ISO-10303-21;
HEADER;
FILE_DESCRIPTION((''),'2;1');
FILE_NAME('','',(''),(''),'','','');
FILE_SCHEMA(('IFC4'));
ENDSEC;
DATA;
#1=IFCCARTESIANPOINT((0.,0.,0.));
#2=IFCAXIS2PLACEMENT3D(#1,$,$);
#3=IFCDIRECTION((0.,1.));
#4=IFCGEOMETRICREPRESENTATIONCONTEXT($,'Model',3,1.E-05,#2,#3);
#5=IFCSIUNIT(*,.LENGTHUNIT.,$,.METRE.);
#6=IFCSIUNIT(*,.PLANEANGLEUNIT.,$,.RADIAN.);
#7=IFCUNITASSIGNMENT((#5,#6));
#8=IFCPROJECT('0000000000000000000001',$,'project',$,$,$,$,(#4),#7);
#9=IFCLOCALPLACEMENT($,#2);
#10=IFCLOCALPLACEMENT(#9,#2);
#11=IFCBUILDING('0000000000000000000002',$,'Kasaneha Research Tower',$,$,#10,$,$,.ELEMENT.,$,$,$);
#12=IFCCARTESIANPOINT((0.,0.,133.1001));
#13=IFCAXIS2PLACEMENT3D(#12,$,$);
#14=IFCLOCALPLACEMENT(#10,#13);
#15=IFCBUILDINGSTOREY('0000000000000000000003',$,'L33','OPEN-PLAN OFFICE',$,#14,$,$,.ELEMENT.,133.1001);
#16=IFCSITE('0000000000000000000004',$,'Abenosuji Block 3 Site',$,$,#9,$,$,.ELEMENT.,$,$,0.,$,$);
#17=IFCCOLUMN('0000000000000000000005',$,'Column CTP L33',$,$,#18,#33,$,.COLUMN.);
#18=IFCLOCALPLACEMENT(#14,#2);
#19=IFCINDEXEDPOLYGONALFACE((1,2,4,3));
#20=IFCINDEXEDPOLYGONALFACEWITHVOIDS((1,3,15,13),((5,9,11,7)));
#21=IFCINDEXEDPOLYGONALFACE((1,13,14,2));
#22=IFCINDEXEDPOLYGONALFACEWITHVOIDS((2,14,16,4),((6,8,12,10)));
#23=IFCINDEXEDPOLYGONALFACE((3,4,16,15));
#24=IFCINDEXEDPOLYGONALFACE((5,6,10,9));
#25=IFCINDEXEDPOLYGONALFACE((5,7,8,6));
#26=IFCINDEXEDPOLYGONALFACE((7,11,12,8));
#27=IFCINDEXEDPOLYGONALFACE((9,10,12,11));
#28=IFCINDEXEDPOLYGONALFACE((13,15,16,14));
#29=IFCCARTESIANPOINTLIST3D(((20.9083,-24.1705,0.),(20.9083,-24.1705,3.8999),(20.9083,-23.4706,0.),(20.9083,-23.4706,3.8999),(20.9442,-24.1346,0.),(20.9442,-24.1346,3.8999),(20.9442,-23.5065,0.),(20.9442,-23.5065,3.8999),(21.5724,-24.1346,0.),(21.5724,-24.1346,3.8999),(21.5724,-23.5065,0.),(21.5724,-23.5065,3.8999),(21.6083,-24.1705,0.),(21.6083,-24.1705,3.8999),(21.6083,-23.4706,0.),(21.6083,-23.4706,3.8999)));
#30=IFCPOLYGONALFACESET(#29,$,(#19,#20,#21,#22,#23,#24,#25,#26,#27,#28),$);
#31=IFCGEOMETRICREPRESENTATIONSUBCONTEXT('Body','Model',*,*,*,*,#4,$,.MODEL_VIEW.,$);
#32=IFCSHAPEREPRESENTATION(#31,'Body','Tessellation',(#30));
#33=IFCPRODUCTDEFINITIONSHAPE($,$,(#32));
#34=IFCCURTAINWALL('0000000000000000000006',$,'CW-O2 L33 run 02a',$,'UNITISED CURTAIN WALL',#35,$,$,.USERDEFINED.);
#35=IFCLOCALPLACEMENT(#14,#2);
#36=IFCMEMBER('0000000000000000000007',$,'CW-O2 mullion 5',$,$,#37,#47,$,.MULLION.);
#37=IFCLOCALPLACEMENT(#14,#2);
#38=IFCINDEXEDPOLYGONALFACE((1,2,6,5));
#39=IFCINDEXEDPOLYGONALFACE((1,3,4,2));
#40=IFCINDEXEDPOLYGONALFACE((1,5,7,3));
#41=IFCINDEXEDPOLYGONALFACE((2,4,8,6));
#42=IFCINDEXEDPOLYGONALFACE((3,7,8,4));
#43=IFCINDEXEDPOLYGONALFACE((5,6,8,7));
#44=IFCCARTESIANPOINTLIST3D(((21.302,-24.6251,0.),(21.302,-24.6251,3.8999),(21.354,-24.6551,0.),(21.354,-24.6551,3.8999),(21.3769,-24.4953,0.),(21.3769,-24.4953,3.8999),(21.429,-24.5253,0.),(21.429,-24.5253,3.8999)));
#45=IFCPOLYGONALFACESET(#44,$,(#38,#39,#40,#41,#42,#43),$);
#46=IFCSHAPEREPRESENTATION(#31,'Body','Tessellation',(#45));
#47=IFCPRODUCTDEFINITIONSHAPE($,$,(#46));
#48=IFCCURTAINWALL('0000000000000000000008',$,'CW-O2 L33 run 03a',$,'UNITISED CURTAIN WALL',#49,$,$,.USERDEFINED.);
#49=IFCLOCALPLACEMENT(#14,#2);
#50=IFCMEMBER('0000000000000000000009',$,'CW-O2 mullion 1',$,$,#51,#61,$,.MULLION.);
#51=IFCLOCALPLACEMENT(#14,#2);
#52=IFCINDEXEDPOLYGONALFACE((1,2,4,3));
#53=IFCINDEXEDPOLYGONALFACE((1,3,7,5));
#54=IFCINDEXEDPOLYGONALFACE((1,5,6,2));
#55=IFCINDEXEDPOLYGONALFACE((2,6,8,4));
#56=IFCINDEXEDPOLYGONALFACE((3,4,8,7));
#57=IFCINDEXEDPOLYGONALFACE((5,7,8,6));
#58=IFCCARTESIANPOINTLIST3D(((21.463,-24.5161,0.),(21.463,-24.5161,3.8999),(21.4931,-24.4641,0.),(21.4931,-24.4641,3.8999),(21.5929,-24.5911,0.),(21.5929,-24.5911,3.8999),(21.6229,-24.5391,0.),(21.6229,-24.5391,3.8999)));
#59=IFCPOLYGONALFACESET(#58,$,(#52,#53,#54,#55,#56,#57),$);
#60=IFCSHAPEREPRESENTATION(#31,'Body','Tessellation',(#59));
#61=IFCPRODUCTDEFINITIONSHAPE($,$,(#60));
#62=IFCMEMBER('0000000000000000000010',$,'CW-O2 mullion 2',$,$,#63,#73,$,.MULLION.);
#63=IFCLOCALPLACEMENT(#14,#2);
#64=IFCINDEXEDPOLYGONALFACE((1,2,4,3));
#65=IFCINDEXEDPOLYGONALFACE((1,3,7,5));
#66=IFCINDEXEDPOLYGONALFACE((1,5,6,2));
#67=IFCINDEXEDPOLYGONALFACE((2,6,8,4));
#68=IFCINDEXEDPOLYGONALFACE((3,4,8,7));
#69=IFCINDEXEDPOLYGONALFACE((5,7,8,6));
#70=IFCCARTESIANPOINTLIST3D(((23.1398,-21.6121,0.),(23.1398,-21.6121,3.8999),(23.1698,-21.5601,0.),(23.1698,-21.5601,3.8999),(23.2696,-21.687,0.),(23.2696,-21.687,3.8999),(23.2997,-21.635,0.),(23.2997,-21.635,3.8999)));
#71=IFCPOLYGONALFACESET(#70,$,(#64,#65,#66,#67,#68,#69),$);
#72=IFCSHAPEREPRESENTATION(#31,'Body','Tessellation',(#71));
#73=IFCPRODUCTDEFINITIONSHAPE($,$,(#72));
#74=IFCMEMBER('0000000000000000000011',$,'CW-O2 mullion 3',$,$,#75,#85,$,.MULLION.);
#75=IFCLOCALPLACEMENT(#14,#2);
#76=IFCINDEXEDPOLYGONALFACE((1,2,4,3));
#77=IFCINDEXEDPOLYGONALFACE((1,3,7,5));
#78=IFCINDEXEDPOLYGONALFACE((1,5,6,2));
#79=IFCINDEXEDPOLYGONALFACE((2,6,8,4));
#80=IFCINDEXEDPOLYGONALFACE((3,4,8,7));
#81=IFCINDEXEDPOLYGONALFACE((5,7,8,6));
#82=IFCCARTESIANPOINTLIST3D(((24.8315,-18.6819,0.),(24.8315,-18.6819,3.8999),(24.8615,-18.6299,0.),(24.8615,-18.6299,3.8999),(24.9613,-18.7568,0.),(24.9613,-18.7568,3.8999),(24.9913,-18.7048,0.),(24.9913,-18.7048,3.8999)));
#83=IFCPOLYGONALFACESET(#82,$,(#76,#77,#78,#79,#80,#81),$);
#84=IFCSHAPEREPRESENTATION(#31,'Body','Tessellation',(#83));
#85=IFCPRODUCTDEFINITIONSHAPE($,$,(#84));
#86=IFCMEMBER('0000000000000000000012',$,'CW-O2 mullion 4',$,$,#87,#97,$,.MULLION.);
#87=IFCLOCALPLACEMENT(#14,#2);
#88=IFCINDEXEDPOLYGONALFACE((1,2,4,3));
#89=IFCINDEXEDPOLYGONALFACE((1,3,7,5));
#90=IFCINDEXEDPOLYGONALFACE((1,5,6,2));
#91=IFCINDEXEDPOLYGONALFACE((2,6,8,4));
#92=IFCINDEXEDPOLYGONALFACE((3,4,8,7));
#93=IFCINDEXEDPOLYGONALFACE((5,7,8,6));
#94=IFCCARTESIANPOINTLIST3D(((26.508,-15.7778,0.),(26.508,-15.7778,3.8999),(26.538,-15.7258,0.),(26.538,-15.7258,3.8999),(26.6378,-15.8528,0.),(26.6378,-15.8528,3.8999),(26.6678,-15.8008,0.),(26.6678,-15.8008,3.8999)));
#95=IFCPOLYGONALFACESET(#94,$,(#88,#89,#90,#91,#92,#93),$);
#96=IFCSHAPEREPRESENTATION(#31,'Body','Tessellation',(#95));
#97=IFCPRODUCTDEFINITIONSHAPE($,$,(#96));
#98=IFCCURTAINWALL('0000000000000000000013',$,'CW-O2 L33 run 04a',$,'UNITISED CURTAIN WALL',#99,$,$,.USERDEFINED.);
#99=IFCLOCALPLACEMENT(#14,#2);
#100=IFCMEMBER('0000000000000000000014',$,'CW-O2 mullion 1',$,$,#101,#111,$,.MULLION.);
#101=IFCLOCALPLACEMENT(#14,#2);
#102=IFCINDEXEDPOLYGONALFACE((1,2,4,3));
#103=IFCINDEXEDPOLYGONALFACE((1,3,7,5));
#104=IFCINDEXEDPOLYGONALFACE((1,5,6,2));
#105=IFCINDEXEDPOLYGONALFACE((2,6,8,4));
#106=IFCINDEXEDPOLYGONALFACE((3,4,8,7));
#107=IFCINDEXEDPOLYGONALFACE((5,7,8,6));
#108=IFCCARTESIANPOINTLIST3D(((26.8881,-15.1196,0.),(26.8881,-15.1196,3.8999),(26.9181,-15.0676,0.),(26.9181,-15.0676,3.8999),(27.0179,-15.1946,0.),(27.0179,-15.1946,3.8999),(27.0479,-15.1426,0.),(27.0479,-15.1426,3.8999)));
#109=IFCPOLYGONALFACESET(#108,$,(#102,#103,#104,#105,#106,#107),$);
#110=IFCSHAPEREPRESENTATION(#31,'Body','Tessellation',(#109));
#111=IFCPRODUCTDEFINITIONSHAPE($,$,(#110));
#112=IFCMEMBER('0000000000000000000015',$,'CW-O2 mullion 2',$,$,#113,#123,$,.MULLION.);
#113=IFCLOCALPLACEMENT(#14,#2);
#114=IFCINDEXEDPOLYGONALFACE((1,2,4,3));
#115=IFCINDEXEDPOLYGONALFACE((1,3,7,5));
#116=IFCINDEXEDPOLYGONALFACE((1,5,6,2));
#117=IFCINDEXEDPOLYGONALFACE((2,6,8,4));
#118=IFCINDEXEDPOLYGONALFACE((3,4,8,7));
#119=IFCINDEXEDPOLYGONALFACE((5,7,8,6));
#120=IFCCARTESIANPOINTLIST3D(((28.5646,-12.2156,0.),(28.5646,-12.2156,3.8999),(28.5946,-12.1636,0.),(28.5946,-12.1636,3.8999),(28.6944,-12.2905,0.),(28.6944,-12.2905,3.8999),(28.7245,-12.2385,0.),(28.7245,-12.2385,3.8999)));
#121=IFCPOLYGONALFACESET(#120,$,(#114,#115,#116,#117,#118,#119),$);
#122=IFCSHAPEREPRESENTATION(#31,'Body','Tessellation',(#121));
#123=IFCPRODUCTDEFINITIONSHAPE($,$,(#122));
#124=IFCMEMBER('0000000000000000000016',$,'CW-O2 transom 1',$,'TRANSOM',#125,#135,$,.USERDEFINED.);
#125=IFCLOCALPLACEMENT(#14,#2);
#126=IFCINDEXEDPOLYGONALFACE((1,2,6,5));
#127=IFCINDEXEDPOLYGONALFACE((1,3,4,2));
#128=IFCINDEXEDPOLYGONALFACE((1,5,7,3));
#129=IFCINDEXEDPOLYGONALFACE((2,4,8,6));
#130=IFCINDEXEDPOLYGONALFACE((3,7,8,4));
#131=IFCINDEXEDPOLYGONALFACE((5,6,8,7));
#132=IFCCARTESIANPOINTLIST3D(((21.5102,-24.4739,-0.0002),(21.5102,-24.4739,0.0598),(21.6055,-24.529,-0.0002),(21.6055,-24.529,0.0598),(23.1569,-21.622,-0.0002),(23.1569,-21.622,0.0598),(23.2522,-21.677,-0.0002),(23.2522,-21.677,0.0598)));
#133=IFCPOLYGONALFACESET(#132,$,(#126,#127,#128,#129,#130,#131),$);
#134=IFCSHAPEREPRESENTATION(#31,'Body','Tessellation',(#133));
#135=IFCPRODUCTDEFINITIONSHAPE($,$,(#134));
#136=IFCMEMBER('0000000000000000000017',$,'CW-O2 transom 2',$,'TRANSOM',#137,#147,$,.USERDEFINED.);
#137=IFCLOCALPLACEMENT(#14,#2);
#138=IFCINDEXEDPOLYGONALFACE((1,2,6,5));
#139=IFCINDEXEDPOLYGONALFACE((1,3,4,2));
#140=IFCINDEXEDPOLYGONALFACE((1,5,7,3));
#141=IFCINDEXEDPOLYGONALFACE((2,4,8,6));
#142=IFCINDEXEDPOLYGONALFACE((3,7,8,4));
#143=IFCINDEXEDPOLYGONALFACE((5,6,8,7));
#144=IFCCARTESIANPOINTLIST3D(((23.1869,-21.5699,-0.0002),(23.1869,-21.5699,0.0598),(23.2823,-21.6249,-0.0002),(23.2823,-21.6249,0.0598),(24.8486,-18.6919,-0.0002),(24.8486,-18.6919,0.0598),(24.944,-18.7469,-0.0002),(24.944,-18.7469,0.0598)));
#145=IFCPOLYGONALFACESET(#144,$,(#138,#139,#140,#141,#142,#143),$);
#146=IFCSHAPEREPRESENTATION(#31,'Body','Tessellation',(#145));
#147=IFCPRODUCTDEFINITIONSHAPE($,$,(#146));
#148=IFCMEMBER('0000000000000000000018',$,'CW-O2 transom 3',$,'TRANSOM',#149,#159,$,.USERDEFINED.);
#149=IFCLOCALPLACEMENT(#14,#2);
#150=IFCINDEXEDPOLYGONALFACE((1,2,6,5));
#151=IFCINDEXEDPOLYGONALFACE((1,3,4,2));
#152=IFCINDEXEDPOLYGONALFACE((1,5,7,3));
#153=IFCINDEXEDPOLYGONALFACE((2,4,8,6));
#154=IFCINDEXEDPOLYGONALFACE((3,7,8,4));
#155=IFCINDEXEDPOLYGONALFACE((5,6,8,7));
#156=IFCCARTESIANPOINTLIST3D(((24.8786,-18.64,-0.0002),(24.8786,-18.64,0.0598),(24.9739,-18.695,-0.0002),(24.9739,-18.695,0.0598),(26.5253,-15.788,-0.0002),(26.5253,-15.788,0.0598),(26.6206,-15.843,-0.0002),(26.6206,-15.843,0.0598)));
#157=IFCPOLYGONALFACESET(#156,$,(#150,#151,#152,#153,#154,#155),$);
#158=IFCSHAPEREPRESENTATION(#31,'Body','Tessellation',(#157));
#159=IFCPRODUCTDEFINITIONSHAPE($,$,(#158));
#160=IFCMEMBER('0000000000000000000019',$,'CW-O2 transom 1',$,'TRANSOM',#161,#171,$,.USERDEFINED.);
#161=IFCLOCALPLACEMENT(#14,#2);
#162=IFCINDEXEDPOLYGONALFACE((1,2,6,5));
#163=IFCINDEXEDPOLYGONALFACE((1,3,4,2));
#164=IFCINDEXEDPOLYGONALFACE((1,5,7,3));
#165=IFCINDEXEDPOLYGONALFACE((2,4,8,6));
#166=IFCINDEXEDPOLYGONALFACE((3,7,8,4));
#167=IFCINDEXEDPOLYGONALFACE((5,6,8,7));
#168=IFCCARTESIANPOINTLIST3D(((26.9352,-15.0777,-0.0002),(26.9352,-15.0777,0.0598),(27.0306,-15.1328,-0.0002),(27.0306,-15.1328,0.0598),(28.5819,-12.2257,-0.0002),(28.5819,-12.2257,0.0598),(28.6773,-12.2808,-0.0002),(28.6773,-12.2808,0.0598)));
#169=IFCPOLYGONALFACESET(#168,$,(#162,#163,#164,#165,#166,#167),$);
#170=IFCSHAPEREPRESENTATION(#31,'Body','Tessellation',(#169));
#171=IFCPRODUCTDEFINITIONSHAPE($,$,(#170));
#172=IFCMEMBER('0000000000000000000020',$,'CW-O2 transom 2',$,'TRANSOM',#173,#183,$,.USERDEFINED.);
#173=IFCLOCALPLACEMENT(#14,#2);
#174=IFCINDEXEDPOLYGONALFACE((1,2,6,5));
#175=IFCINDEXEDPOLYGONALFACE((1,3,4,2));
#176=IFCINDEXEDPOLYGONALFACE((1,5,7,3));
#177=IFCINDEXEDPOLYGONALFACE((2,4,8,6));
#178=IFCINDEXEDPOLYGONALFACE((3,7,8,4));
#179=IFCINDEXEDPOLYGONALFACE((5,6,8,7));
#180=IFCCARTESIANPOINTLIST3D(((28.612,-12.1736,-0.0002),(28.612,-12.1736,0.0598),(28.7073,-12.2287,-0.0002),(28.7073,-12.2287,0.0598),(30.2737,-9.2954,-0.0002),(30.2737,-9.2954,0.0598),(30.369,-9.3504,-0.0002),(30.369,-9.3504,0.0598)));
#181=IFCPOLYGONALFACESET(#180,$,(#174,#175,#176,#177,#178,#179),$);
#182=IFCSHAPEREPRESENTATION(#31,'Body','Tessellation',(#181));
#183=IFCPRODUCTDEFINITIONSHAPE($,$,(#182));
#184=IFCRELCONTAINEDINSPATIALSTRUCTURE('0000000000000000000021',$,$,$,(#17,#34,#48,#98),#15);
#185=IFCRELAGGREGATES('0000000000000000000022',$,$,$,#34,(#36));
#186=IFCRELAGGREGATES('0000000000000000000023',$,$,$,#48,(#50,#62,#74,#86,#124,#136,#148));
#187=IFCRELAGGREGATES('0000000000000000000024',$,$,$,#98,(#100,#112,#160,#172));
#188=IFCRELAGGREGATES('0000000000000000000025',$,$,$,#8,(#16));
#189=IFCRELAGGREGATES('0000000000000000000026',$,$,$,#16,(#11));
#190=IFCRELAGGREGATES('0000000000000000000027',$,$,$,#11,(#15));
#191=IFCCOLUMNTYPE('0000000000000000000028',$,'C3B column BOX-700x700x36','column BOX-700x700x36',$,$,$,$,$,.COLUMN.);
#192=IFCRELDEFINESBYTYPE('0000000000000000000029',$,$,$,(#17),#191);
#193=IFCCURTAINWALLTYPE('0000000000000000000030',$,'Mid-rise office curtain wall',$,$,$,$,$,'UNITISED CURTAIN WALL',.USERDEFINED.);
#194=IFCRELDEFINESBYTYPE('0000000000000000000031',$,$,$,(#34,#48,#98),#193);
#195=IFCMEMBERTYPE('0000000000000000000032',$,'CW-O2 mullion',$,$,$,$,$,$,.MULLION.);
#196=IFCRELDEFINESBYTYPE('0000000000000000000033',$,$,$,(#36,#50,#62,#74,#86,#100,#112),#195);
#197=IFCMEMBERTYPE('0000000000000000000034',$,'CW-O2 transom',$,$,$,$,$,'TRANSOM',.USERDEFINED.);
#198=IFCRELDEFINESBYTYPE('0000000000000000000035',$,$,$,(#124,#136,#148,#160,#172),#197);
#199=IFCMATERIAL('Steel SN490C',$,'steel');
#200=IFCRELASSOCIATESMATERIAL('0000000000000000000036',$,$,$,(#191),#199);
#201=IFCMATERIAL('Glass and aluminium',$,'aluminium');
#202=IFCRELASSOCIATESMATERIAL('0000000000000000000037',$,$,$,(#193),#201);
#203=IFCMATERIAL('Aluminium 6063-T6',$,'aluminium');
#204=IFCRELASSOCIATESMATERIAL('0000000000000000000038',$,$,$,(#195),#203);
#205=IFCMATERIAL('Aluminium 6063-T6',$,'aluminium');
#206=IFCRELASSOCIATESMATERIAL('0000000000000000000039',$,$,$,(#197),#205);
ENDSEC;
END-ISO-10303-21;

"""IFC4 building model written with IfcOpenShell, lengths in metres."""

from ifc_helpers import new_model, si_unit, direction, frame, origin, origin_2d, place, context, subcontext, project, spatial, rectangle, hollow_rectangle, extrude, material, material_profile, profile_set, type_object, element, aggregate, save


model = new_model("IFC4")

# Units and contexts
model_context = context("Model", 3, precision=1e-05, world=origin(), true_north=direction((0.0, 1.0)))
body_context = subcontext(model_context, "Body", "Model", "MODEL_VIEW")
ifc_project = project(units=[si_unit("LENGTHUNIT", "METRE"), si_unit("PLANEANGLEUNIT", "RADIAN")], contexts=[model_context])

# Site, building, storey
site_placement = place(None, origin())
site = spatial("IfcSite", under=ifc_project, at=site_placement, Name="Abenosuji Block 3 Site", CompositionType="ELEMENT", RefElevation=0.0)
building_placement = place(site_placement, origin())
building = spatial("IfcBuilding", under=site, at=building_placement, Name="Kasaneha Research Tower", CompositionType="ELEMENT")
storey_placement = place(building_placement, frame((0.0, 0.0, 133.1001)))
storey = spatial("IfcBuildingStorey", under=building, at=storey_placement, Name="L33", Description="OPEN-PLAN OFFICE", CompositionType="ELEMENT", Elevation=133.1001)

# Column
ifc_material_1 = material(Name="Steel SN490C", Category="steel")
ifc_material_profile_1 = material_profile(ifc_material_1, hollow_rectangle(XDim=0.7, YDim=0.7, WallThickness=0.0359, at=origin_2d()), Name="BOX-700x700x36")
ifc_profile_set_1 = profile_set([ifc_material_profile_1], Name="Steel SN490C")
column_type = type_object("IfcColumnType", Name="C3B column BOX-700x700x36", Description="column BOX-700x700x36", PredefinedType="COLUMN", material=ifc_profile_set_1)
column_placement = place(storey_placement, frame((21.2583, -23.8206, 0.0), z_axis=(0.0, 0.0, 1.0), x_axis=(1.0, 0.0, 0.0)))
element("IfcColumn", 1, at=column_placement, inside=storey, type_object=column_type, Name="Column CTP L33", PredefinedType="COLUMN", context=body_context, shape_type="SweptSolid", body=[
    extrude(hollow_rectangle(XDim=0.7, YDim=0.7, WallThickness=0.0359, at=origin_2d()), origin(), (0.0, 0.0, 1.0), 3.8999),
])

# Curtain wall, member
ifc_material_2 = material(Name="Glass and aluminium", Category="aluminium")
curtain_wall_type = type_object("IfcCurtainWallType", Name="Mid-rise office curtain wall", ElementType="UNITISED CURTAIN WALL", PredefinedType="USERDEFINED", material=ifc_material_2)
curtain_wall_1_placement = place(storey_placement, origin())
curtain_wall_1 = element("IfcCurtainWall", 2, at=curtain_wall_1_placement, inside=storey, type_object=curtain_wall_type, Name="CW-O2 L33 run 02a", ObjectType="UNITISED CURTAIN WALL", PredefinedType="USERDEFINED")
ifc_material_3 = material(Name="Aluminium 6063-T6", Category="aluminium")
ifc_material_profile_2 = material_profile(ifc_material_3, rectangle(XDim=0.0601, YDim=0.1499, at=origin_2d()), Name="CW-O2 mullion 60x150")
ifc_profile_set_2 = profile_set([ifc_material_profile_2], Name="Aluminium 6063-T6")
member_type_1 = type_object("IfcMemberType", Name="CW-O2 mullion", PredefinedType="MULLION", material=ifc_profile_set_2)
member_1_placement = place(storey_placement, frame((21.3655, -24.5752, 0.0), z_axis=(0.0, 0.0, 1.0), x_axis=(0.866025, -0.5, 0.0)))
member_1 = element("IfcMember", 3, at=member_1_placement, type_object=member_type_1, Name="CW-O2 mullion 5", PredefinedType="MULLION", context=body_context, shape_type="SweptSolid", body=[
    extrude(rectangle(XDim=0.0601, YDim=0.1499, at=origin_2d()), origin(), (0.0, 0.0, 1.0), 3.8999),
])

# Curtain walls, members
curtain_wall_2_placement = place(storey_placement, origin())
curtain_wall_2 = element("IfcCurtainWall", 4, at=curtain_wall_2_placement, inside=storey, type_object=curtain_wall_type, Name="CW-O2 L33 run 03a", ObjectType="UNITISED CURTAIN WALL", PredefinedType="USERDEFINED")
member_2_placement = place(storey_placement, frame((21.543, -24.5276, 0.0), z_axis=(0.0, 0.0, 1.0), x_axis=(0.5, 0.866025, 0.0)))
member_2 = element("IfcMember", 5, at=member_2_placement, type_object=member_type_1, Name="CW-O2 mullion 1", PredefinedType="MULLION", context=body_context, shape_type="SweptSolid", body=[
    extrude(rectangle(XDim=0.0601, YDim=0.1499, at=origin_2d()), origin(), (0.0, 0.0, 1.0), 3.8999),
])
member_3_placement = place(storey_placement, frame((23.2197, -21.6235, 0.0), z_axis=(0.0, 0.0, 1.0), x_axis=(0.5, 0.866025, 0.0)))
member_3 = element("IfcMember", 6, at=member_3_placement, type_object=member_type_1, Name="CW-O2 mullion 2", PredefinedType="MULLION", context=body_context, shape_type="SweptSolid", body=[
    extrude(rectangle(XDim=0.0601, YDim=0.1499, at=origin_2d()), origin(), (0.0, 0.0, 1.0), 3.8999),
])
member_4_placement = place(storey_placement, frame((24.9114, -18.6934, 0.0), z_axis=(0.0, 0.0, 1.0), x_axis=(0.5, 0.866025, 0.0)))
member_4 = element("IfcMember", 7, at=member_4_placement, type_object=member_type_1, Name="CW-O2 mullion 3", PredefinedType="MULLION", context=body_context, shape_type="SweptSolid", body=[
    extrude(rectangle(XDim=0.0601, YDim=0.1499, at=origin_2d()), origin(), (0.0, 0.0, 1.0), 3.8999),
])
member_5_placement = place(storey_placement, frame((26.5879, -15.7893, 0.0), z_axis=(0.0, 0.0, 1.0), x_axis=(0.5, 0.866025, 0.0)))
member_5 = element("IfcMember", 8, at=member_5_placement, type_object=member_type_1, Name="CW-O2 mullion 4", PredefinedType="MULLION", context=body_context, shape_type="SweptSolid", body=[
    extrude(rectangle(XDim=0.0601, YDim=0.1499, at=origin_2d()), origin(), (0.0, 0.0, 1.0), 3.8999),
])
curtain_wall_3_placement = place(storey_placement, origin())
curtain_wall_3 = element("IfcCurtainWall", 9, at=curtain_wall_3_placement, inside=storey, type_object=curtain_wall_type, Name="CW-O2 L33 run 04a", ObjectType="UNITISED CURTAIN WALL", PredefinedType="USERDEFINED")
member_6_placement = place(storey_placement, frame((26.968, -15.1311, 0.0), z_axis=(0.0, 0.0, 1.0), x_axis=(0.5, 0.866025, 0.0)))
member_6 = element("IfcMember", 10, at=member_6_placement, type_object=member_type_1, Name="CW-O2 mullion 1", PredefinedType="MULLION", context=body_context, shape_type="SweptSolid", body=[
    extrude(rectangle(XDim=0.0601, YDim=0.1499, at=origin_2d()), origin(), (0.0, 0.0, 1.0), 3.8999),
])
member_7_placement = place(storey_placement, frame((28.6445, -12.2271, 0.0), z_axis=(0.0, 0.0, 1.0), x_axis=(0.5, 0.866025, 0.0)))
member_7 = element("IfcMember", 11, at=member_7_placement, type_object=member_type_1, Name="CW-O2 mullion 2", PredefinedType="MULLION", context=body_context, shape_type="SweptSolid", body=[
    extrude(rectangle(XDim=0.0601, YDim=0.1499, at=origin_2d()), origin(), (0.0, 0.0, 1.0), 3.8999),
])

# Members
ifc_material_4 = material(Name="Aluminium 6063-T6", Category="aluminium")
ifc_material_profile_3 = material_profile(ifc_material_4, rectangle(XDim=0.1101, YDim=0.0601, at=origin_2d()), Name="CW-O2 transom 110x60")
ifc_profile_set_3 = profile_set([ifc_material_profile_3], Name="Aluminium 6063-T6")
member_type_2 = type_object("IfcMemberType", Name="CW-O2 transom", ElementType="TRANSOM", PredefinedType="USERDEFINED", material=ifc_profile_set_3)
member_8_placement = place(storey_placement, frame((21.5579, -24.5015, 0.0298), z_axis=(0.500022, 0.866013, 0.0), x_axis=(-0.866013, 0.500022, 0.0)))
member_8 = element("IfcMember", 12, at=member_8_placement, type_object=member_type_2, Name="CW-O2 transom 1", ObjectType="TRANSOM", PredefinedType="USERDEFINED", context=body_context, shape_type="SweptSolid", body=[
    extrude(rectangle(XDim=0.1101, YDim=0.0601, at=origin_2d()), origin(), (0.0, 0.0, 1.0), 3.2932),
])
member_9_placement = place(storey_placement, frame((23.2346, -21.5974, 0.0298), z_axis=(0.500011, 0.866019, 0.0), x_axis=(-0.866019, 0.500011, 0.0)))
member_9 = element("IfcMember", 13, at=member_9_placement, type_object=member_type_2, Name="CW-O2 transom 2", ObjectType="TRANSOM", PredefinedType="USERDEFINED", context=body_context, shape_type="SweptSolid", body=[
    extrude(rectangle(XDim=0.1101, YDim=0.0601, at=origin_2d()), origin(), (0.0, 0.0, 1.0), 3.3232),
])
member_10_placement = place(storey_placement, frame((24.9263, -18.6675, 0.0298), z_axis=(0.500022, 0.866013, 0.0), x_axis=(-0.866013, 0.500022, 0.0)))
member_10 = element("IfcMember", 14, at=member_10_placement, type_object=member_type_2, Name="CW-O2 transom 3", ObjectType="TRANSOM", PredefinedType="USERDEFINED", context=body_context, shape_type="SweptSolid", body=[
    extrude(rectangle(XDim=0.1101, YDim=0.0601, at=origin_2d()), origin(), (0.0, 0.0, 1.0), 3.2932),
])
member_11_placement = place(storey_placement, frame((26.9829, -15.1052, 0.0298), z_axis=(0.500022, 0.866013, 0.0), x_axis=(-0.866013, 0.500022, 0.0)))
member_11 = element("IfcMember", 15, at=member_11_placement, type_object=member_type_2, Name="CW-O2 transom 1", ObjectType="TRANSOM", PredefinedType="USERDEFINED", context=body_context, shape_type="SweptSolid", body=[
    extrude(rectangle(XDim=0.1101, YDim=0.0601, at=origin_2d()), origin(), (0.0, 0.0, 1.0), 3.2932),
])
member_12_placement = place(storey_placement, frame((28.6597, -12.2012, 0.0298), z_axis=(0.499979, 0.866038, 0.0), x_axis=(-0.866038, 0.499979, 0.0)))
member_12 = element("IfcMember", 16, at=member_12_placement, type_object=member_type_2, Name="CW-O2 transom 2", ObjectType="TRANSOM", PredefinedType="USERDEFINED", context=body_context, shape_type="SweptSolid", body=[
    extrude(rectangle(XDim=0.1101, YDim=0.0601, at=origin_2d()), origin(), (0.0, 0.0, 1.0), 3.3235),
])

aggregate(curtain_wall_1, [member_1])
aggregate(curtain_wall_2, [member_2, member_3, member_4, member_5, member_8, member_9, member_10])
aggregate(curtain_wall_3, [member_6, member_7, member_11, member_12])

save(model, "model.ifc")
